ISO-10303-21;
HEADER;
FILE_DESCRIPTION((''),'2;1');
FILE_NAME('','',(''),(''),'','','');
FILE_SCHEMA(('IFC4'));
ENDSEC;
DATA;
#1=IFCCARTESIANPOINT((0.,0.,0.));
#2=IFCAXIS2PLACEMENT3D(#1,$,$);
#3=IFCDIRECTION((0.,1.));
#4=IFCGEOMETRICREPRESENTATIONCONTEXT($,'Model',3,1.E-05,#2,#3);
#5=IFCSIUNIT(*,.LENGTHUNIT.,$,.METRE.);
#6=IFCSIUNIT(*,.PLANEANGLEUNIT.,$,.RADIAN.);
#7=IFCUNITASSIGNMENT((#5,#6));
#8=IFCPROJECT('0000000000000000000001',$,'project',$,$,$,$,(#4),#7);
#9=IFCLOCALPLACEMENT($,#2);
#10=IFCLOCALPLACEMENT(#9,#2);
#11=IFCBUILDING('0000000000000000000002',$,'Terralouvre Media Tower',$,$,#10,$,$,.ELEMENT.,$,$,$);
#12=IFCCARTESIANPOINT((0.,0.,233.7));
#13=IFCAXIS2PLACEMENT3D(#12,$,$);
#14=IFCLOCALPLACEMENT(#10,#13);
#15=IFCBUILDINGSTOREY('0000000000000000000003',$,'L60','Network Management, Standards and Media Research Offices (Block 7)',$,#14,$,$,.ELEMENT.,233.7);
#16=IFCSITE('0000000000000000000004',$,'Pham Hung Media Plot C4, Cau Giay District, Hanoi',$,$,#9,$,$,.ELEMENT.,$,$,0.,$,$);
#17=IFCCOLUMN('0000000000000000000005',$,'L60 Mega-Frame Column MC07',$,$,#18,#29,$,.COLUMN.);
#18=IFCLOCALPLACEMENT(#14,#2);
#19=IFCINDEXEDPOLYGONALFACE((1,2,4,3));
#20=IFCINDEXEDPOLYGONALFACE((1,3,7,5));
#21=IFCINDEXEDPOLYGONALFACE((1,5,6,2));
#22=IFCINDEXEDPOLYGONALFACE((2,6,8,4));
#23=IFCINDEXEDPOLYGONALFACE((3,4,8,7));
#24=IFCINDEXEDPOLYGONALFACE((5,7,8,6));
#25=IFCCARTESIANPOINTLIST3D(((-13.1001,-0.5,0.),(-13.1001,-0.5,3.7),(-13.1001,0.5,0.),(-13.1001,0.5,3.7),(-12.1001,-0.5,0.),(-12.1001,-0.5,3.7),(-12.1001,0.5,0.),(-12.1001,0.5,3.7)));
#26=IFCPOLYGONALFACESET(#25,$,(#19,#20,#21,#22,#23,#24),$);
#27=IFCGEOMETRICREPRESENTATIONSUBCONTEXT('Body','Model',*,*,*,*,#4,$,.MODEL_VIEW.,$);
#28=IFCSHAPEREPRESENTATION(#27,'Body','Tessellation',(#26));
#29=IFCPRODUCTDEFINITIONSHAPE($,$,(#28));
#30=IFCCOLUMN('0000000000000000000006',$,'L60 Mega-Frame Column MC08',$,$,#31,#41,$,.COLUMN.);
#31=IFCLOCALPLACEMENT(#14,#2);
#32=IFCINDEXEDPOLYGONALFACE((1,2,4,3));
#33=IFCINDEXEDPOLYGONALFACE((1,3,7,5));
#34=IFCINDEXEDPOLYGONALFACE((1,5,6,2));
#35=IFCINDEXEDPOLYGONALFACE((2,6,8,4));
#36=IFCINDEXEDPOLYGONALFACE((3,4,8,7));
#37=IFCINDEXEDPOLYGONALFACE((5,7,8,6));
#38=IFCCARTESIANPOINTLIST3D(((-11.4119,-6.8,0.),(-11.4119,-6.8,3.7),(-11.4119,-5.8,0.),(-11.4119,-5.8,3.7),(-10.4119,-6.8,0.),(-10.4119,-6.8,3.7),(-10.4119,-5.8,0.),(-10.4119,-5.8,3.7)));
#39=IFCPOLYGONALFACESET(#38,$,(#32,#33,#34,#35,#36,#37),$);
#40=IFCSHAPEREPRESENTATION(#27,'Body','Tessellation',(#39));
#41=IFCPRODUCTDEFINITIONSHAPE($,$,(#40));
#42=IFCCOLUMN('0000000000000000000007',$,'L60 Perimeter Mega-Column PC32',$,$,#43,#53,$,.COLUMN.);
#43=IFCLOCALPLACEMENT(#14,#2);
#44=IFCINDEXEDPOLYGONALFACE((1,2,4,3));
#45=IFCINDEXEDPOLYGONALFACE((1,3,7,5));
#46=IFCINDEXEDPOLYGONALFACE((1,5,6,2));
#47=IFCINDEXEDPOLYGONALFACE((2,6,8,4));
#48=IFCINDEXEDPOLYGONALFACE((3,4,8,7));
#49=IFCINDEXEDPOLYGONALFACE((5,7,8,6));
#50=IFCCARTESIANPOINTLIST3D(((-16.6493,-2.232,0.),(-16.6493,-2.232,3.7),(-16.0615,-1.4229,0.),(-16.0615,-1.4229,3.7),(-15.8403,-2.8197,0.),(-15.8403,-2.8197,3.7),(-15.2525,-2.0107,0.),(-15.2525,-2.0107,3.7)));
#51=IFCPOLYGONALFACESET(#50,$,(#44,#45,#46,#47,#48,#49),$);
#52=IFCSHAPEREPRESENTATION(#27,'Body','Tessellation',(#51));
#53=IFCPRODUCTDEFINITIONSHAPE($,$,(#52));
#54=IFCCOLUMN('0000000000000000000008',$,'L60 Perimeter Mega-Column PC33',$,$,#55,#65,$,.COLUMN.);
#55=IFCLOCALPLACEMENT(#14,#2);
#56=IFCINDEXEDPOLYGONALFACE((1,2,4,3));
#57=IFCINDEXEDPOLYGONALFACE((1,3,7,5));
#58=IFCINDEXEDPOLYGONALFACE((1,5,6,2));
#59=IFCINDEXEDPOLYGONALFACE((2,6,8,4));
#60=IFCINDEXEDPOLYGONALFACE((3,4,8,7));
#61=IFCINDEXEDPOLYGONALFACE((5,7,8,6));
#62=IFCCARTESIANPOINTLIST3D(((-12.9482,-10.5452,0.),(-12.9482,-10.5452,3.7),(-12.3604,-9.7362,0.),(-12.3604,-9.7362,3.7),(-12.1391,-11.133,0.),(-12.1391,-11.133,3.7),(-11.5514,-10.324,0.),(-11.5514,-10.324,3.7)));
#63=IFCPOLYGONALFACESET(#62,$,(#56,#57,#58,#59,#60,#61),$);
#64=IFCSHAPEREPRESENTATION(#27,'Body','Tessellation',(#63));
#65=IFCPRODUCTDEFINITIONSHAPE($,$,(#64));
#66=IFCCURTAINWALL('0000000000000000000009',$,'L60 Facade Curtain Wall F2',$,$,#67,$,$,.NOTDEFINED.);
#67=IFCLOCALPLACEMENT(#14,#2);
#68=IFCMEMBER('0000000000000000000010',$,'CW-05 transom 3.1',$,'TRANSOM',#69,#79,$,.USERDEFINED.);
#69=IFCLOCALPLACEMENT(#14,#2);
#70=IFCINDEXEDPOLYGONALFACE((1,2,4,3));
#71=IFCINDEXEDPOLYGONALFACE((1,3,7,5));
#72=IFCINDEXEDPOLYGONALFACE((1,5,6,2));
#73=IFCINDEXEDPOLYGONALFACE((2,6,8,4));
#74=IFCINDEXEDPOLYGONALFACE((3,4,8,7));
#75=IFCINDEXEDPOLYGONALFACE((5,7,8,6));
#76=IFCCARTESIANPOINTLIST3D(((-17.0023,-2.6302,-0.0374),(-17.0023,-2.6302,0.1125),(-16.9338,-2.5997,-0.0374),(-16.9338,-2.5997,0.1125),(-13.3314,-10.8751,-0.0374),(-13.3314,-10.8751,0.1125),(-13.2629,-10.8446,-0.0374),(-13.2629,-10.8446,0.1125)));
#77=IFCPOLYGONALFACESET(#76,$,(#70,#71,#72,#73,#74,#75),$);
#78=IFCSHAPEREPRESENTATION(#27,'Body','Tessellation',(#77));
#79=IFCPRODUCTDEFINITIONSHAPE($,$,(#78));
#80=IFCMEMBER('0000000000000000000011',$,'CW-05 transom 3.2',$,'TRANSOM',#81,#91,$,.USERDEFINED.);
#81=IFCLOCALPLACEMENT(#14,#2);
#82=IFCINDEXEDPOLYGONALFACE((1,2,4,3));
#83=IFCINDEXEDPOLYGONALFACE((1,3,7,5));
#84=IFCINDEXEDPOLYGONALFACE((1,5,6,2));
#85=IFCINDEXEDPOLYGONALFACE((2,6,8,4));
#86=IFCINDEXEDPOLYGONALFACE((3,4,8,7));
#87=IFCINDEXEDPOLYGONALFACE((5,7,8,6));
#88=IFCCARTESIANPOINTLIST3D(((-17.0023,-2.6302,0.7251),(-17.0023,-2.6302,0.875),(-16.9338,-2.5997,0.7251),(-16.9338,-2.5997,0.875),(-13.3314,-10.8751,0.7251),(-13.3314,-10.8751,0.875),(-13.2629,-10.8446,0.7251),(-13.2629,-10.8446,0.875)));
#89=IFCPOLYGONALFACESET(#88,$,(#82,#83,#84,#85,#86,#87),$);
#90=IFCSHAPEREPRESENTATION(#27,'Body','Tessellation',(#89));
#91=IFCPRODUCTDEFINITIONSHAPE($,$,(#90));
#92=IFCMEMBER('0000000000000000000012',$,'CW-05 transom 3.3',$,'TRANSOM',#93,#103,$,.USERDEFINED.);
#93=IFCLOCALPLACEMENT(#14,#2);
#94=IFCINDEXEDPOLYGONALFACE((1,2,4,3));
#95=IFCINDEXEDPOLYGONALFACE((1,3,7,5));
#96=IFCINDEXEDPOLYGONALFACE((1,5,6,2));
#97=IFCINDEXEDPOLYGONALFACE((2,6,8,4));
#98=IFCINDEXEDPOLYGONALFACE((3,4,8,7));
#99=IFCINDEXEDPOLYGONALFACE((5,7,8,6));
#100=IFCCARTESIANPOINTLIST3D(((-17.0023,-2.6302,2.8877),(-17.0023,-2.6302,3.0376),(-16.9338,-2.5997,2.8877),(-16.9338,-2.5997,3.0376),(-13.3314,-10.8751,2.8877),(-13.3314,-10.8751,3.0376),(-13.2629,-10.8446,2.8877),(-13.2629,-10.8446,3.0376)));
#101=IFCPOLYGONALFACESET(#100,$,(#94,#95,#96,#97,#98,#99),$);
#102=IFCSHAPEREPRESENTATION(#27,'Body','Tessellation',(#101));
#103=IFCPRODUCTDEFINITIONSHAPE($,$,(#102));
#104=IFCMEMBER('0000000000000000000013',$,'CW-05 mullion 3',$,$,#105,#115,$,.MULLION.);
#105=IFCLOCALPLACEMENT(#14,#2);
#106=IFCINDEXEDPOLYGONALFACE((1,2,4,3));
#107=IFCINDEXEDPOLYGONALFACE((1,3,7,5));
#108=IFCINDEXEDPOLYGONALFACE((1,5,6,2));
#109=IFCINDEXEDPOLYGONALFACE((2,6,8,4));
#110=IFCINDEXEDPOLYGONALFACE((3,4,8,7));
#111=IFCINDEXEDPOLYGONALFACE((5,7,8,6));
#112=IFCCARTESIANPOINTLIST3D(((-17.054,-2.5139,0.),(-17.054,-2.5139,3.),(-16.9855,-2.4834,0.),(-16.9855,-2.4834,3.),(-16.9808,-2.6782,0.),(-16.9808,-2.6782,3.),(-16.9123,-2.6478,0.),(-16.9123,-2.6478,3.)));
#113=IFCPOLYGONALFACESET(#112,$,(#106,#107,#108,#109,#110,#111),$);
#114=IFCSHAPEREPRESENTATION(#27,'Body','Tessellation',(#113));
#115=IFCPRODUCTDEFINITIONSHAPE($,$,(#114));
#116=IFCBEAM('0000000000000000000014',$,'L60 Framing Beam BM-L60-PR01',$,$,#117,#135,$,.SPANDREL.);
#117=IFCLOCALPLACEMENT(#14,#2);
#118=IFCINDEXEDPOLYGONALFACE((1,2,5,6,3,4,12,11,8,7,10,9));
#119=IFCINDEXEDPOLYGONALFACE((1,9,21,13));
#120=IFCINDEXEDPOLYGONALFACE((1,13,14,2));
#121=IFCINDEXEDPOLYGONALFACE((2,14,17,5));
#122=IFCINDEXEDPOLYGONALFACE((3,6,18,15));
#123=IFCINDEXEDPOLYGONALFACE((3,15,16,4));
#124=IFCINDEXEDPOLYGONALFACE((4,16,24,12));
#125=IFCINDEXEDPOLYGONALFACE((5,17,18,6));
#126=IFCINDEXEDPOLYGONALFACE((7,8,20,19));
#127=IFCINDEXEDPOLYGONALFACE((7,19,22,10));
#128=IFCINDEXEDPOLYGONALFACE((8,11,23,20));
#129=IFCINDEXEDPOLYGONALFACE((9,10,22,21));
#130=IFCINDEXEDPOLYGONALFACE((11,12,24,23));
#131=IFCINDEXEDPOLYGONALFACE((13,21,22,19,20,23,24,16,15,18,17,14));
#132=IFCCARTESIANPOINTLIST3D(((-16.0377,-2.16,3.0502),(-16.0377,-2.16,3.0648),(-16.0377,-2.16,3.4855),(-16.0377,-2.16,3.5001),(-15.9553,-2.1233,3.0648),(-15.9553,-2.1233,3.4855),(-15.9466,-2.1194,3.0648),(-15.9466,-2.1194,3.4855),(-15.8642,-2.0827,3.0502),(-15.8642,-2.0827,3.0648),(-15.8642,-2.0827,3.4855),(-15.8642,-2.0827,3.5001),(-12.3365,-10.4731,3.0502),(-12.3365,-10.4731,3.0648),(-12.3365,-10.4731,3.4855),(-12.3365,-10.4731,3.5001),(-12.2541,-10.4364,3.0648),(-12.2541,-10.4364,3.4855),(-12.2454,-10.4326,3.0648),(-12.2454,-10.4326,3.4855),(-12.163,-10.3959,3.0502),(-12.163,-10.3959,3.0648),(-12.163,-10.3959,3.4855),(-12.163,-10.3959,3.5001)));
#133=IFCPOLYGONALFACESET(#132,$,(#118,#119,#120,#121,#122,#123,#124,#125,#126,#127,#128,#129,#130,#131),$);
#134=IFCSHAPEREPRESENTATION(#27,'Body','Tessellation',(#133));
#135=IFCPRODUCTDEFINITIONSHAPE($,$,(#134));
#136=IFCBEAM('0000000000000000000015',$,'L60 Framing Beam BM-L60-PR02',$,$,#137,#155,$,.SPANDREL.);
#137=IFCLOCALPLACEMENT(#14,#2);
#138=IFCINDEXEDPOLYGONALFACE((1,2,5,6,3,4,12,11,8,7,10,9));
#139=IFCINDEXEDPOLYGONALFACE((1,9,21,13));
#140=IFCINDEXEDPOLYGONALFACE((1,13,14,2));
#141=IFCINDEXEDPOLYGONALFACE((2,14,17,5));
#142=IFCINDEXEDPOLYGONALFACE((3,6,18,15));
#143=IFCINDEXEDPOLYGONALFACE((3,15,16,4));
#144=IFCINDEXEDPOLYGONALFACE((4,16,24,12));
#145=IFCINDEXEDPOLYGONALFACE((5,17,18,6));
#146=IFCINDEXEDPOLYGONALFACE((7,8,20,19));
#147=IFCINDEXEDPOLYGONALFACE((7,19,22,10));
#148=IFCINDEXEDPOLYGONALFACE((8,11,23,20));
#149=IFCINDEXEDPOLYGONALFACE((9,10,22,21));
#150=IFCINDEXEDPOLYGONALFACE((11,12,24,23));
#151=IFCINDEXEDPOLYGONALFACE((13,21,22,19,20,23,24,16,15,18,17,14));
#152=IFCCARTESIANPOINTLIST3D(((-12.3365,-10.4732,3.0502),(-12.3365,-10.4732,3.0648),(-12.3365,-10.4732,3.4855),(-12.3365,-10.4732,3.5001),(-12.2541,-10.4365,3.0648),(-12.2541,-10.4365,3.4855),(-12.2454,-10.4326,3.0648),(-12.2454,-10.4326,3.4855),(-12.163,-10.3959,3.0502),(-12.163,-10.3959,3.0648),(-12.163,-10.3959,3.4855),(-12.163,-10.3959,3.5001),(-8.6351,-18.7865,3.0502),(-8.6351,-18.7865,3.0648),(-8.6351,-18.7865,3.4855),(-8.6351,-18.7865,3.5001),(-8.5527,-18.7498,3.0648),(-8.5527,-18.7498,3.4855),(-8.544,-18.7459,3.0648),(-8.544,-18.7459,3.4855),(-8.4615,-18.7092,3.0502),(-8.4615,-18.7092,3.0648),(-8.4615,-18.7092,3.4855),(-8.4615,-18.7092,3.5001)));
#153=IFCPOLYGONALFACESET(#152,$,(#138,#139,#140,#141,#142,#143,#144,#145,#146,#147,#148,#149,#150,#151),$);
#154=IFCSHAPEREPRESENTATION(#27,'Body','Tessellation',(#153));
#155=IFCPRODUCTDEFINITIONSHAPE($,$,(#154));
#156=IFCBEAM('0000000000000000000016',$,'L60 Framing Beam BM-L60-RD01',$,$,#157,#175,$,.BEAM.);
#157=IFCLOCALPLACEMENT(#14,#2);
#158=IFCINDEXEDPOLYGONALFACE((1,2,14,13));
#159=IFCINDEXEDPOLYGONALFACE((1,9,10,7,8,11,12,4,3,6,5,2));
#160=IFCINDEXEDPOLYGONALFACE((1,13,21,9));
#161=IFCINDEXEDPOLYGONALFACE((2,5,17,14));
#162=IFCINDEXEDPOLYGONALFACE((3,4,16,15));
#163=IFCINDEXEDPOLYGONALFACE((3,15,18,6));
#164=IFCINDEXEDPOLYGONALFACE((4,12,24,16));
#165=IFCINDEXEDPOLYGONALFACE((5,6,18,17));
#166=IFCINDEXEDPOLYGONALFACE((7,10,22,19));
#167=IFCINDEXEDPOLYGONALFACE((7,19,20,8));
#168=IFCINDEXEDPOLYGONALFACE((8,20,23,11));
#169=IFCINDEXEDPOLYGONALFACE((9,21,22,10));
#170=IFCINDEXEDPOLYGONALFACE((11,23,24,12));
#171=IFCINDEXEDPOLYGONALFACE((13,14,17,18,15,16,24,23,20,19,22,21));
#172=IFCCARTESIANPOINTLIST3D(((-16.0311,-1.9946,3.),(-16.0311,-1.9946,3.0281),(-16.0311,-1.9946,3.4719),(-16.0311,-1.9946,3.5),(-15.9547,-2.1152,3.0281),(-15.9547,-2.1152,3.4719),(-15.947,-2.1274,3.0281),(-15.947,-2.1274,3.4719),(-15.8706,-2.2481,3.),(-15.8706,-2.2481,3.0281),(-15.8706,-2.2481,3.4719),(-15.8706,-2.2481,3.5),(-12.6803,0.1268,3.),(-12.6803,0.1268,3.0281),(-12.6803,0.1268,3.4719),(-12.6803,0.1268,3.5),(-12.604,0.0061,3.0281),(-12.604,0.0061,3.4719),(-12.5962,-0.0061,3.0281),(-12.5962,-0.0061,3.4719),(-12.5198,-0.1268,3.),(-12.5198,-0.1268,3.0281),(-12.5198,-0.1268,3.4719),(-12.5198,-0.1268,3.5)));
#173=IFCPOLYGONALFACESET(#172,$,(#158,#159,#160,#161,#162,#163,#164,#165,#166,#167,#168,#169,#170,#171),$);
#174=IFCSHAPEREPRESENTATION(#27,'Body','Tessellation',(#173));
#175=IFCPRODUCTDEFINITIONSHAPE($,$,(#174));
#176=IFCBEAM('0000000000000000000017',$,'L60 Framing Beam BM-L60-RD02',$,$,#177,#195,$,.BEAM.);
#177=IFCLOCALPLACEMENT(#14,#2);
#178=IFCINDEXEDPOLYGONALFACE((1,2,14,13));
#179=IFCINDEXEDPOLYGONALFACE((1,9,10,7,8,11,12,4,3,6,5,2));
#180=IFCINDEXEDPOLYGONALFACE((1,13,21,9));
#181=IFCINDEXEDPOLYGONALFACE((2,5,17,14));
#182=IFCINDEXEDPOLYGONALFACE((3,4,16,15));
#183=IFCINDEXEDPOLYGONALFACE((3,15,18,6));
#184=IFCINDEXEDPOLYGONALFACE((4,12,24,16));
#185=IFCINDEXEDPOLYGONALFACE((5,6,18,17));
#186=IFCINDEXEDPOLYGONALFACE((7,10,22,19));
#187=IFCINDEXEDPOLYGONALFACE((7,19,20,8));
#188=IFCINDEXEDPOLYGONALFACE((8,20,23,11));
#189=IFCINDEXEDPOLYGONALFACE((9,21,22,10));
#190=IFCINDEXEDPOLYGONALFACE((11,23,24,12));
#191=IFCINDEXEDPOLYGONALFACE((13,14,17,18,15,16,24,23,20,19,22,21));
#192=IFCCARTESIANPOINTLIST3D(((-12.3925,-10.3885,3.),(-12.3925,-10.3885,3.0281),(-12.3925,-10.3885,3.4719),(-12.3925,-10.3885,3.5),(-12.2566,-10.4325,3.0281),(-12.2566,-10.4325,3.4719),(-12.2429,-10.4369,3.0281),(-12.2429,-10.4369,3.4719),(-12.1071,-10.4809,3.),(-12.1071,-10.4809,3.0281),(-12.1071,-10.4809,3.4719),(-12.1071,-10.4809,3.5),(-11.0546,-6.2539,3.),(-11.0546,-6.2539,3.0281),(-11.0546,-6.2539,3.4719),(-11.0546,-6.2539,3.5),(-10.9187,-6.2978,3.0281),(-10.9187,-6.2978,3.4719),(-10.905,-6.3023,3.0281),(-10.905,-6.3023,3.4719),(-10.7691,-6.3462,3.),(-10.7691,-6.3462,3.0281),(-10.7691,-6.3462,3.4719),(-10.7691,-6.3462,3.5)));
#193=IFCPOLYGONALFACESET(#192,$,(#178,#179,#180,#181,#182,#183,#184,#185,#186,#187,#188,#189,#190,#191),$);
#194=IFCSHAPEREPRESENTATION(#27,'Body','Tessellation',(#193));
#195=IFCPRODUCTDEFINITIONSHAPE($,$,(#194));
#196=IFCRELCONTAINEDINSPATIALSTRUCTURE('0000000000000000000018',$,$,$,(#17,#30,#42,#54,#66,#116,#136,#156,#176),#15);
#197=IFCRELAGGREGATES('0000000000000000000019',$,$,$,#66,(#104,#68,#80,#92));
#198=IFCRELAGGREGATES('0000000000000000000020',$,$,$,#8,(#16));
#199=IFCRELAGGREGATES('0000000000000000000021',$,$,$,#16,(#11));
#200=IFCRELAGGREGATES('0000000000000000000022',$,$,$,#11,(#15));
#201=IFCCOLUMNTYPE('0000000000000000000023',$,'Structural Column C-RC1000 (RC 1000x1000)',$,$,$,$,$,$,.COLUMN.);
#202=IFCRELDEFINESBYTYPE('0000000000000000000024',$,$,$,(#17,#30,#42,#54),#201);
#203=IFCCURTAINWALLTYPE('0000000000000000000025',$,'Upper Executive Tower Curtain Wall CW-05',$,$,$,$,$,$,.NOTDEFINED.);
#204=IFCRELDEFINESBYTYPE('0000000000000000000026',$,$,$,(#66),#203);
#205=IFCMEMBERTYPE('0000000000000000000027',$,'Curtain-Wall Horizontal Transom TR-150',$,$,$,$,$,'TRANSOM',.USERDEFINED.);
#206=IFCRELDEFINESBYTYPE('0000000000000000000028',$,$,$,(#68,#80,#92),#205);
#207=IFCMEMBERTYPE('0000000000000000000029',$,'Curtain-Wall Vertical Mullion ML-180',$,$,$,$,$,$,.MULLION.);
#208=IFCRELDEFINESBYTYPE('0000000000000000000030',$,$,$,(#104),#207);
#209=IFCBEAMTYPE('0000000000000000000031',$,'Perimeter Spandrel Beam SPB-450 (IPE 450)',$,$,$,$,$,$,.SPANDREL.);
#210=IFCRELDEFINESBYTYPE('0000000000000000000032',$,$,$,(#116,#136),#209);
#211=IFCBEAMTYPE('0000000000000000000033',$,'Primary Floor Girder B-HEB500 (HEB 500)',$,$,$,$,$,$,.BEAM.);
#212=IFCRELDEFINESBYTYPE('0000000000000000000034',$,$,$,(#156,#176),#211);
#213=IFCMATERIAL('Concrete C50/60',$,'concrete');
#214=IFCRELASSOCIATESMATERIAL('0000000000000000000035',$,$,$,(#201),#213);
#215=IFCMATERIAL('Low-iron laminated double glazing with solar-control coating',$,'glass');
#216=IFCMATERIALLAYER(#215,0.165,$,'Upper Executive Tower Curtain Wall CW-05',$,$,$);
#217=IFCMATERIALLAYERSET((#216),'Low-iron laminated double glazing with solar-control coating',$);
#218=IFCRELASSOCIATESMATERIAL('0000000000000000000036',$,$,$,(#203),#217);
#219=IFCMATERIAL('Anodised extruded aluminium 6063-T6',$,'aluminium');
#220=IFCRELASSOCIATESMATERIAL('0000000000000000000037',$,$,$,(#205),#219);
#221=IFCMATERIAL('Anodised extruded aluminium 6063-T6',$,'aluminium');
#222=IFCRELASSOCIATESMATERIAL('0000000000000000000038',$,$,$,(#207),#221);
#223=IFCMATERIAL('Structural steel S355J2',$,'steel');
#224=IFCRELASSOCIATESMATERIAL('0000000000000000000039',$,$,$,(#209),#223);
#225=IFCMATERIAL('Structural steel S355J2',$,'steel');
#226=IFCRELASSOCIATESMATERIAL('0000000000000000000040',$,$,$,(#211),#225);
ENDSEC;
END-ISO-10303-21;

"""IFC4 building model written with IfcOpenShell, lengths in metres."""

from ifc_helpers import new_model, si_unit, direction, frame, origin, origin_2d, place, context, subcontext, project, spatial, rectangle, i_section, extrude, material, layer, layer_set, material_profile, profile_set, type_object, element, aggregate, save


model = new_model("IFC4")

# Units and contexts
model_context = context("Model", 3, precision=1e-05, world=origin(), true_north=direction((0.0, 1.0)))
body_context = subcontext(model_context, "Body", "Model", "MODEL_VIEW")
ifc_project = project(units=[si_unit("LENGTHUNIT", "METRE"), si_unit("PLANEANGLEUNIT", "RADIAN")], contexts=[model_context])

# Site, building, storey
site_placement = place(None, origin())
site = spatial("IfcSite", under=ifc_project, at=site_placement, Name="Pham Hung Media Plot C4, Cau Giay District, Hanoi", CompositionType="ELEMENT", RefElevation=0.0)
building_placement = place(site_placement, origin())
building = spatial("IfcBuilding", under=site, at=building_placement, Name="Terralouvre Media Tower", CompositionType="ELEMENT")
storey_placement = place(building_placement, frame((0.0, 0.0, 233.7)))
storey = spatial("IfcBuildingStorey", under=building, at=storey_placement, Name="L60", Description="Network Management, Standards and Media Research Offices (Block 7)", CompositionType="ELEMENT", Elevation=233.7)

# Columns
ifc_material_1 = material(Name="Concrete C50/60", Category="concrete")
ifc_material_profile_1 = material_profile(ifc_material_1, rectangle(XDim=1.0, YDim=1.0, at=origin_2d()), Name="RC 1000x1000")
ifc_profile_set_1 = profile_set([ifc_material_profile_1], Name="Concrete C50/60")
column_type = type_object("IfcColumnType", Name="Structural Column C-RC1000 (RC 1000x1000)", PredefinedType="COLUMN", material=ifc_profile_set_1)
for number, where, z_axis, x_axis, name in (
    (1, (-12.6001, 0.0, 0.0), (0.0, 0.0, 1.0), (1.0, 0.0, 0.0), "L60 Mega-Frame Column MC07"),
    (2, (-10.9119, -6.3, 0.0), (0.0, 0.0, 1.0), (1.0, 0.0, 0.0), "L60 Mega-Frame Column MC08"),
    (3, (-15.9509, -2.1213, 0.0), (0.0, 0.0, 1.0), (0.587785, 0.809017, 0.0), "L60 Perimeter Mega-Column PC32"),
    (4, (-12.2498, -10.4346, 0.0), (0.0, 0.0, 1.0), (0.587785, 0.809017, 0.0), "L60 Perimeter Mega-Column PC33"),
):
    element("IfcColumn", number, at=place(storey_placement, frame(where, z_axis=z_axis, x_axis=x_axis)), inside=storey, type_object=column_type, Name=name, PredefinedType="COLUMN", context=body_context, shape_type="SweptSolid", body=[
        extrude(rectangle(XDim=1.0, YDim=1.0, at=origin_2d()), origin(), (0.0, 0.0, 1.0), 3.7),
    ])

# Curtain wall, members
ifc_material_2 = material(Name="Low-iron laminated double glazing with solar-control coating", Category="glass")
ifc_layer_1 = layer(ifc_material_2, 0.165, Name="Upper Executive Tower Curtain Wall CW-05")
ifc_layer_set_1 = layer_set([ifc_layer_1], Name="Low-iron laminated double glazing with solar-control coating")
curtain_wall_type = type_object("IfcCurtainWallType", Name="Upper Executive Tower Curtain Wall CW-05", PredefinedType="NOTDEFINED", material=ifc_layer_set_1)
curtain_wall_placement = place(storey_placement, origin())
curtain_wall = element("IfcCurtainWall", 5, at=curtain_wall_placement, inside=storey, type_object=curtain_wall_type, Name="L60 Facade Curtain Wall F2", PredefinedType="NOTDEFINED")
ifc_material_3 = material(Name="Anodised extruded aluminium 6063-T6", Category="aluminium")
ifc_material_profile_2 = material_profile(ifc_material_3, rectangle(XDim=0.075, YDim=0.1499, at=origin_2d()), Name="ALU 75x150")
ifc_profile_set_2 = profile_set([ifc_material_profile_2], Name="Anodised extruded aluminium 6063-T6")
member_type_1 = type_object("IfcMemberType", Name="Curtain-Wall Horizontal Transom TR-150", ElementType="TRANSOM", PredefinedType="USERDEFINED", material=ifc_profile_set_2)
member_1_placement = place(storey_placement, frame((-16.968, -2.615, 0.0376), z_axis=(0.406741, -0.913544, 0.0), x_axis=(0.913544, 0.406741, 0.0)))
member_1 = element("IfcMember", 6, at=member_1_placement, type_object=member_type_1, Name="CW-05 transom 3.1", ObjectType="TRANSOM", PredefinedType="USERDEFINED", context=body_context, shape_type="SweptSolid", body=[
    extrude(rectangle(XDim=0.075, YDim=0.1499, at=origin_2d()), origin(), (0.0, 0.0, 1.0), 9.0251),
])
member_2_placement = place(storey_placement, frame((-16.968, -2.615, 0.8), z_axis=(0.406741, -0.913544, 0.0), x_axis=(0.913544, 0.406741, 0.0)))
member_2 = element("IfcMember", 7, at=member_2_placement, type_object=member_type_1, Name="CW-05 transom 3.2", ObjectType="TRANSOM", PredefinedType="USERDEFINED", context=body_context, shape_type="SweptSolid", body=[
    extrude(rectangle(XDim=0.075, YDim=0.1499, at=origin_2d()), origin(), (0.0, 0.0, 1.0), 9.0251),
])
member_3_placement = place(storey_placement, frame((-16.968, -2.615, 2.9626), z_axis=(0.406741, -0.913544, 0.0), x_axis=(0.913544, 0.406741, 0.0)))
member_3 = element("IfcMember", 8, at=member_3_placement, type_object=member_type_1, Name="CW-05 transom 3.3", ObjectType="TRANSOM", PredefinedType="USERDEFINED", context=body_context, shape_type="SweptSolid", body=[
    extrude(rectangle(XDim=0.075, YDim=0.1499, at=origin_2d()), origin(), (0.0, 0.0, 1.0), 9.0251),
])
ifc_material_4 = material(Name="Anodised extruded aluminium 6063-T6", Category="aluminium")
ifc_material_profile_3 = material_profile(ifc_material_4, rectangle(XDim=0.075, YDim=0.1799, at=origin_2d()), Name="ALU 75x180")
ifc_profile_set_3 = profile_set([ifc_material_profile_3], Name="Anodised extruded aluminium 6063-T6")
member_type_2 = type_object("IfcMemberType", Name="Curtain-Wall Vertical Mullion ML-180", PredefinedType="MULLION", material=ifc_profile_set_3)
member_4_placement = place(storey_placement, frame((-16.9832, -2.5808, 0.0), z_axis=(0.0, 0.0, 1.0), x_axis=(0.913545, 0.406737, 0.0)))
member_4 = element("IfcMember", 9, at=member_4_placement, type_object=member_type_2, Name="CW-05 mullion 3", PredefinedType="MULLION", context=body_context, shape_type="SweptSolid", body=[
    extrude(rectangle(XDim=0.075, YDim=0.1799, at=origin_2d()), origin(), (0.0, 0.0, 1.0), 3.0),
])

# Beams
ifc_material_5 = material(Name="Structural steel S355J2", Category="steel")
ifc_material_profile_4 = material_profile(ifc_material_5, i_section(OverallWidth=0.1899, OverallDepth=0.45, WebThickness=0.0095, FlangeThickness=0.0146, at=origin_2d()), Name="IPE 450")
ifc_profile_set_4 = profile_set([ifc_material_profile_4], Name="Structural steel S355J2")
beam_type_1 = type_object("IfcBeamType", Name="Perimeter Spandrel Beam SPB-450 (IPE 450)", PredefinedType="SPANDREL", material=ifc_profile_set_4)
beam_1_placement = place(storey_placement, frame((-15.9509, -2.1213, 3.2751), z_axis=(0.406726, -0.91355, 0.0), x_axis=(0.91355, 0.406726, 0.0)))
element("IfcBeam", 10, at=beam_1_placement, inside=storey, type_object=beam_type_1, Name="L60 Framing Beam BM-L60-PR01", PredefinedType="SPANDREL", context=body_context, shape_type="SweptSolid", body=[
    extrude(i_section(OverallWidth=0.1899, OverallDepth=0.45, WebThickness=0.0095, FlangeThickness=0.0146, at=origin_2d()), origin(), (0.0, 0.0, 1.0), 9.0999),
])
beam_2_placement = place(storey_placement, frame((-12.2498, -10.4346, 3.2751), z_axis=(0.406748, -0.91354, 0.0), x_axis=(0.91354, 0.406748, 0.0)))
element("IfcBeam", 11, at=beam_2_placement, inside=storey, type_object=beam_type_1, Name="L60 Framing Beam BM-L60-PR02", PredefinedType="SPANDREL", context=body_context, shape_type="SweptSolid", body=[
    extrude(i_section(OverallWidth=0.1899, OverallDepth=0.45, WebThickness=0.0095, FlangeThickness=0.0146, at=origin_2d()), origin(), (0.0, 0.0, 1.0), 9.1001),
])
ifc_material_6 = material(Name="Structural steel S355J2", Category="steel")
ifc_material_profile_5 = material_profile(ifc_material_6, i_section(OverallWidth=0.3, OverallDepth=0.5, WebThickness=0.0144, FlangeThickness=0.0281, at=origin_2d()), Name="HEB 500")
ifc_profile_set_5 = profile_set([ifc_material_profile_5], Name="Structural steel S355J2")
beam_type_2 = type_object("IfcBeamType", Name="Primary Floor Girder B-HEB500 (HEB 500)", PredefinedType="BEAM", material=ifc_profile_set_5)
beam_3_placement = place(storey_placement, frame((-12.6001, 0.0, 3.25), z_axis=(-0.844916, -0.534898, 0.0), x_axis=(0.534898, -0.844916, 0.0)))
element("IfcBeam", 12, at=beam_3_placement, inside=storey, type_object=beam_type_2, Name="L60 Framing Beam BM-L60-RD01", PredefinedType="BEAM", context=body_context, shape_type="SweptSolid", body=[
    extrude(i_section(OverallWidth=0.3, OverallDepth=0.5, WebThickness=0.0144, FlangeThickness=0.0281, at=origin_2d()), origin(), (0.0, 0.0, 1.0), 3.9658),
])
beam_4_placement = place(storey_placement, frame((-10.9119, -6.3, 3.25), z_axis=(-0.307873, -0.951428, 0.0), x_axis=(0.951428, -0.307873, 0.0)))
element("IfcBeam", 13, at=beam_4_placement, inside=storey, type_object=beam_type_2, Name="L60 Framing Beam BM-L60-RD02", PredefinedType="BEAM", context=body_context, shape_type="SweptSolid", body=[
    extrude(i_section(OverallWidth=0.3, OverallDepth=0.5, WebThickness=0.0144, FlangeThickness=0.0281, at=origin_2d()), origin(), (0.0, 0.0, 1.0), 4.3457),
])

aggregate(curtain_wall, [member_4, member_1, member_2, member_3])

save(model, "model.ifc")
